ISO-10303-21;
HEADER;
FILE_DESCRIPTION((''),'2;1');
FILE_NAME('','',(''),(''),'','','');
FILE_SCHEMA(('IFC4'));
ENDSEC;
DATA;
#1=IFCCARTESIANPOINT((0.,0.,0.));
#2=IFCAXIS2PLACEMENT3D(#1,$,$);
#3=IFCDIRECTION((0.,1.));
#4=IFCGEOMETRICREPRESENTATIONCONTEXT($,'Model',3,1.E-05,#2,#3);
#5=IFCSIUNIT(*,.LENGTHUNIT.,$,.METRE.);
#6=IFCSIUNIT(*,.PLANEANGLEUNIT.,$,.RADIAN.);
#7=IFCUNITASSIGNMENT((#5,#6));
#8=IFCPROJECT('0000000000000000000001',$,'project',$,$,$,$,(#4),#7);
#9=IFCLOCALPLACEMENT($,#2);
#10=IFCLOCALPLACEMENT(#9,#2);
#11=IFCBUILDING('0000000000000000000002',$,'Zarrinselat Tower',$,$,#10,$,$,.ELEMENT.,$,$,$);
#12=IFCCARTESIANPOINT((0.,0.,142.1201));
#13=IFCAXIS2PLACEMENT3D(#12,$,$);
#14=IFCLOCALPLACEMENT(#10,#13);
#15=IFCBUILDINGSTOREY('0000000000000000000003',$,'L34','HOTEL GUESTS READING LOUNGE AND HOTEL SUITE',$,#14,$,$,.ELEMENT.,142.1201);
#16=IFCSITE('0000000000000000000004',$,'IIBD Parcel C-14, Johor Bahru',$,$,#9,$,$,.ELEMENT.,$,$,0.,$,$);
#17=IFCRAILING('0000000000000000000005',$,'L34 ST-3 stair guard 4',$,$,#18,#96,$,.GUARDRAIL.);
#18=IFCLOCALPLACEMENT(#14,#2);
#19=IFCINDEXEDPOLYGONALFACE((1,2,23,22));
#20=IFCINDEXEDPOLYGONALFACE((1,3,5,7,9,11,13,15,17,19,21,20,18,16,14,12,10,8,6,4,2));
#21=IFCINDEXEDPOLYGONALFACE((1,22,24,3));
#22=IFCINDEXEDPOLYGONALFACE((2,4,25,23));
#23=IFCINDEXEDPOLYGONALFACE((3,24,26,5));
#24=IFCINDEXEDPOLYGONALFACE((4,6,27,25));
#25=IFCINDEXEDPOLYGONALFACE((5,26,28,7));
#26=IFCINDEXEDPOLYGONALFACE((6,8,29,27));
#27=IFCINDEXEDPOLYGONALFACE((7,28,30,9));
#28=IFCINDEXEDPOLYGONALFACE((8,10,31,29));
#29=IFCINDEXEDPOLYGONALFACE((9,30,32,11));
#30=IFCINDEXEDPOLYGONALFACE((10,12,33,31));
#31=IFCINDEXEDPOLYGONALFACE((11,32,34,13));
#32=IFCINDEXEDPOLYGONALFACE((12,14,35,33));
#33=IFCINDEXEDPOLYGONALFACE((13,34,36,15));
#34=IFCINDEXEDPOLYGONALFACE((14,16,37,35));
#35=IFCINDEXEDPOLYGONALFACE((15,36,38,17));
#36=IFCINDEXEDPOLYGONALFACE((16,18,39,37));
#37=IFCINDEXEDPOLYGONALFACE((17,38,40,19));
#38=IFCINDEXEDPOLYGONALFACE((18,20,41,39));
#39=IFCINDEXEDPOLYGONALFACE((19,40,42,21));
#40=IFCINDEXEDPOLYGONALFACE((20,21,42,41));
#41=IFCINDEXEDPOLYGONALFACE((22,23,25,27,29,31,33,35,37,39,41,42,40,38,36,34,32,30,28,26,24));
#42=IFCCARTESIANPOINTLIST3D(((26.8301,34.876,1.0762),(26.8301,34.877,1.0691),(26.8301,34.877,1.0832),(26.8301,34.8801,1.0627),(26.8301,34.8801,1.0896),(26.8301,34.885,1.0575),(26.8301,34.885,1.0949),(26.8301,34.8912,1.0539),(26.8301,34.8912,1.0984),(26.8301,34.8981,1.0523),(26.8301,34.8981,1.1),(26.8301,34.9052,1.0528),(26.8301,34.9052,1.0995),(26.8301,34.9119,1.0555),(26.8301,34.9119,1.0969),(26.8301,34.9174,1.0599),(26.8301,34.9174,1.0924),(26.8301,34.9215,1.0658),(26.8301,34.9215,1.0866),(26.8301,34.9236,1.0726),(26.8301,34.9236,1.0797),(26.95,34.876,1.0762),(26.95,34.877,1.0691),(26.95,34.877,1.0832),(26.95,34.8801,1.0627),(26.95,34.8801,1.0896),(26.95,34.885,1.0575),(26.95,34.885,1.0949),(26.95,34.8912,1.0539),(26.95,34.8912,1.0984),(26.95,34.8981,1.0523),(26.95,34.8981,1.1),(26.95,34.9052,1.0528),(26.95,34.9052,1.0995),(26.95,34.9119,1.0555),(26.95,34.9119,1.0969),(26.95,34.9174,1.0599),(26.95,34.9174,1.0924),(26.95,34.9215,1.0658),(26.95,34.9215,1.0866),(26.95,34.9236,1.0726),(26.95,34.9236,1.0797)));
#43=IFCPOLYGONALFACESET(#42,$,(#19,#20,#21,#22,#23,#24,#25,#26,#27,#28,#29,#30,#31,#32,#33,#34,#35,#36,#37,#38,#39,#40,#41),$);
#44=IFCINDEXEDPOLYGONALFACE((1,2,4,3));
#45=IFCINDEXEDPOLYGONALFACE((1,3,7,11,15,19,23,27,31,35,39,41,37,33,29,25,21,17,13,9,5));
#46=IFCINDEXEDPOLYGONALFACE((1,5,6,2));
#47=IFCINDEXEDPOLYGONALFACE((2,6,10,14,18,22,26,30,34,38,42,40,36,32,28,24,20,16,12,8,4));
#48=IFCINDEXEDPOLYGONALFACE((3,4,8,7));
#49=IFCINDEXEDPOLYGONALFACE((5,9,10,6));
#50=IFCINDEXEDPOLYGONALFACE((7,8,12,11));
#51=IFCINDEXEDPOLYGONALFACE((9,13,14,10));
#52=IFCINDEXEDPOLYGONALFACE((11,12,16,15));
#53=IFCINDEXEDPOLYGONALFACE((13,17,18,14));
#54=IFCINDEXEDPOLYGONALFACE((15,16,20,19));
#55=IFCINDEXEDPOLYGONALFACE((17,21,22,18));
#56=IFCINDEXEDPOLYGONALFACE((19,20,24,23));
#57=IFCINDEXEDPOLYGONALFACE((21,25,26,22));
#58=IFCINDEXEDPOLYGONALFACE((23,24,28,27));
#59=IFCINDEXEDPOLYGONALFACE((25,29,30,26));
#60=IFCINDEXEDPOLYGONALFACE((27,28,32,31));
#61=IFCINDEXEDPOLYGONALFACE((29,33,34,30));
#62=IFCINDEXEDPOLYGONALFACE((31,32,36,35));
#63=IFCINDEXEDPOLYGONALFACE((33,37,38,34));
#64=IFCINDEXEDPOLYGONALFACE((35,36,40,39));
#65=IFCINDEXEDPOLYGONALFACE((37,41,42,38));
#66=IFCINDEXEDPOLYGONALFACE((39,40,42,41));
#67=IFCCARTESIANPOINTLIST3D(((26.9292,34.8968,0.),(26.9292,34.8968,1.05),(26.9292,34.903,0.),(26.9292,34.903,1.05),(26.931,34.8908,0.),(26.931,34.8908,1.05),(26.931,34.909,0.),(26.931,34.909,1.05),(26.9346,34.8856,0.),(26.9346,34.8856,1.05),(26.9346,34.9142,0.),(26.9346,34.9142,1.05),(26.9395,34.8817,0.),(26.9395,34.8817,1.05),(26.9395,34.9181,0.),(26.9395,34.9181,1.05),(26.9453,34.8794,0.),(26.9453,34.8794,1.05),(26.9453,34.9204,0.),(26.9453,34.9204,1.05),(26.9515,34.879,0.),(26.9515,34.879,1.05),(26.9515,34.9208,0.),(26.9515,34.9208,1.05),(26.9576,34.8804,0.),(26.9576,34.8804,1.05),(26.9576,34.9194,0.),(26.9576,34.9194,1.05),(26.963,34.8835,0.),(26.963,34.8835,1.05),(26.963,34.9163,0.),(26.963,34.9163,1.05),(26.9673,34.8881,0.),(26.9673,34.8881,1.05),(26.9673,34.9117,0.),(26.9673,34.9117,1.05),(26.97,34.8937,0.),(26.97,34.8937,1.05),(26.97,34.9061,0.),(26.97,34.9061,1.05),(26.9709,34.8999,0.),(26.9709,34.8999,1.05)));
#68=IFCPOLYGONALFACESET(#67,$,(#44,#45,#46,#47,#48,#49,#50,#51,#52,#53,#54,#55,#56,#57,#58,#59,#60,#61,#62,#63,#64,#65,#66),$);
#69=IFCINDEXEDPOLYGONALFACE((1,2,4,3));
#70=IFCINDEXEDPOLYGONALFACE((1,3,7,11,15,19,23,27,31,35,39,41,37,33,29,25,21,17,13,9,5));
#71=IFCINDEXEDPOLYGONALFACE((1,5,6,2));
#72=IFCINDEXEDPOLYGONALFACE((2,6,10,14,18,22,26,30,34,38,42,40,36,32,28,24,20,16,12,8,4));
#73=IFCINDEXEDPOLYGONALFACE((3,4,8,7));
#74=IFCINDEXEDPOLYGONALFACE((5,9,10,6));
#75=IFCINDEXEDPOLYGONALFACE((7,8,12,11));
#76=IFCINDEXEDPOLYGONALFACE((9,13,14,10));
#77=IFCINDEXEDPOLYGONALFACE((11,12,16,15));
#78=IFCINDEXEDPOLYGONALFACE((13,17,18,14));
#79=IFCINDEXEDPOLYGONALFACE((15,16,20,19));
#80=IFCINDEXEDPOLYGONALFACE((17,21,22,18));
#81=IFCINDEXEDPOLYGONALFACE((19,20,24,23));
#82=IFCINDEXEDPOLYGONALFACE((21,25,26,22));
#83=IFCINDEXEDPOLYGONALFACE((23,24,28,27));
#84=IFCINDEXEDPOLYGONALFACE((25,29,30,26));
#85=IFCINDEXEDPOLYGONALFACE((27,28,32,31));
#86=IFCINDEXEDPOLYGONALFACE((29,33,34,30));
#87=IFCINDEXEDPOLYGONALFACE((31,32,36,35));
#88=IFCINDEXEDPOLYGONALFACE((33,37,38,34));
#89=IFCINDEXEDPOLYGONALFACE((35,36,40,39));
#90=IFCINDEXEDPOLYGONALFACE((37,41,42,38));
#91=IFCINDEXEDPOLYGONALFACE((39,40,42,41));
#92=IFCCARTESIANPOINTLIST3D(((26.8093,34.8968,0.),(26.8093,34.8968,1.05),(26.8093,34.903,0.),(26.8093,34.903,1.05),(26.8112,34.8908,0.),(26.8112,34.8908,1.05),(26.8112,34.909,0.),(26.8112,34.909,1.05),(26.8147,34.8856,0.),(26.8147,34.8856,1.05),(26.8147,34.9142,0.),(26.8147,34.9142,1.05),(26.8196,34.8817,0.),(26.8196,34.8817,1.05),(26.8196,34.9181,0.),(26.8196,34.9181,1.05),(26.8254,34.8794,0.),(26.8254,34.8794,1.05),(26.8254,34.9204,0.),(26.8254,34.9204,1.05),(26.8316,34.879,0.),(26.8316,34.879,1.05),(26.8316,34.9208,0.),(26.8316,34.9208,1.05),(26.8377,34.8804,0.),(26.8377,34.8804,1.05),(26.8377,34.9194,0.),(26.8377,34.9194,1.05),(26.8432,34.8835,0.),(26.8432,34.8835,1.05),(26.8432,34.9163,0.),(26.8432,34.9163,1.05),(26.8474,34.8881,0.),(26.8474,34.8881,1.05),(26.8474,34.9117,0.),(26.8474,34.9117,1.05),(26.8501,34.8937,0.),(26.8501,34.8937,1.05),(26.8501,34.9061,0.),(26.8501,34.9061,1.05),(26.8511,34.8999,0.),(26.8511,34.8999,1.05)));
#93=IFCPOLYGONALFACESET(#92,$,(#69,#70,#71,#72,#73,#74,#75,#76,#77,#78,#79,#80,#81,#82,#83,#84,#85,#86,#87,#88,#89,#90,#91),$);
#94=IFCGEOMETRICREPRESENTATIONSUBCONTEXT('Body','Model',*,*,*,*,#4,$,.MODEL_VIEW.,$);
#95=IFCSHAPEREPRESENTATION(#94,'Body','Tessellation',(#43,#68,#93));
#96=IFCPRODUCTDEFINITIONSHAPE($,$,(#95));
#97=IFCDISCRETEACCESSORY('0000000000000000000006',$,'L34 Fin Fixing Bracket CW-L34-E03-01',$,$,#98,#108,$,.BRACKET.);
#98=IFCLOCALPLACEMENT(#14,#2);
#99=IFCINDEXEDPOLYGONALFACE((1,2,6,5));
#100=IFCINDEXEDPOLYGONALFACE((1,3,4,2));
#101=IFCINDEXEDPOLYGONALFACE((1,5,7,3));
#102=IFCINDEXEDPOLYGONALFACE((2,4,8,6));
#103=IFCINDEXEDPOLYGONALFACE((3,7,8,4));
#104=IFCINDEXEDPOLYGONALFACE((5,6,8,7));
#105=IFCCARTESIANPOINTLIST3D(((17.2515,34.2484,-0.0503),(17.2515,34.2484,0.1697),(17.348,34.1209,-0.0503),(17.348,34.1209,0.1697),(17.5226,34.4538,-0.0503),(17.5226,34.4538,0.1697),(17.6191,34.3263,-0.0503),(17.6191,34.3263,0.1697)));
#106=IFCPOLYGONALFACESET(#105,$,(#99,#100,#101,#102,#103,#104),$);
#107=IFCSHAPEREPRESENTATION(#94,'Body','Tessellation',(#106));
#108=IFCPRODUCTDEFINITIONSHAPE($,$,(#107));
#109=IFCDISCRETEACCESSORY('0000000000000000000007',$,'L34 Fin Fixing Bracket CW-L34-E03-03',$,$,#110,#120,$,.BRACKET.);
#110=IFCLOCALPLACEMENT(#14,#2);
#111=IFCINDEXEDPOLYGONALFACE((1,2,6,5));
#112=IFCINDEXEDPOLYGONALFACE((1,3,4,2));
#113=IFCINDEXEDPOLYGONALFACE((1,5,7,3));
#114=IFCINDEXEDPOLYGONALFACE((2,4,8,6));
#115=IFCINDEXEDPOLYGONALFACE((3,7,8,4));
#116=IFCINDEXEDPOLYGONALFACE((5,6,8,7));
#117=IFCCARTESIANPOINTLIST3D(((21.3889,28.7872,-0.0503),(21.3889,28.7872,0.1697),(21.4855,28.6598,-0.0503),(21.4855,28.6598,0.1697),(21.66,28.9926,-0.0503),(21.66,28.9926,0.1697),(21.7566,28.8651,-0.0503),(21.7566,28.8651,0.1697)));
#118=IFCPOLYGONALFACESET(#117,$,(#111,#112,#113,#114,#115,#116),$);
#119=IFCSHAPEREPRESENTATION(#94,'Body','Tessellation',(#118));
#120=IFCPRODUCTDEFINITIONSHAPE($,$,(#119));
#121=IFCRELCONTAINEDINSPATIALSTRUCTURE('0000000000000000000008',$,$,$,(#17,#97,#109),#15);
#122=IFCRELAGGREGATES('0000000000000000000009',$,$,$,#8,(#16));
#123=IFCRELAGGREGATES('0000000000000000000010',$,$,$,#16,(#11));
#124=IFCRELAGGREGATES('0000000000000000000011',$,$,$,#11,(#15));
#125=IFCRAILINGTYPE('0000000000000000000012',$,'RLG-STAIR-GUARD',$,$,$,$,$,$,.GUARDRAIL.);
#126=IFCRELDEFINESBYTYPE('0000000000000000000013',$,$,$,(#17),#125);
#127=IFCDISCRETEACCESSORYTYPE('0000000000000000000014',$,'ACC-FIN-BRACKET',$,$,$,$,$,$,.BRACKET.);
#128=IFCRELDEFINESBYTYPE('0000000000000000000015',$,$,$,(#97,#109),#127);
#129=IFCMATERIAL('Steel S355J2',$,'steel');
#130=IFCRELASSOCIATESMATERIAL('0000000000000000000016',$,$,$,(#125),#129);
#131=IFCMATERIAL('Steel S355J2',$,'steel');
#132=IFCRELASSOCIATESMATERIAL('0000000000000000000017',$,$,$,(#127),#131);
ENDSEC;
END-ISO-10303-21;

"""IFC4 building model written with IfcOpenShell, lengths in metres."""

from ifc_helpers import new_model, si_unit, direction, frame, origin, origin_2d, place, context, subcontext, project, spatial, rectangle, circle, extrude, material, type_object, element, save


model = new_model("IFC4")

# Units and contexts
model_context = context("Model", 3, precision=1e-05, world=origin(), true_north=direction((0.0, 1.0)))
body_context = subcontext(model_context, "Body", "Model", "MODEL_VIEW")
ifc_project = project(units=[si_unit("LENGTHUNIT", "METRE"), si_unit("PLANEANGLEUNIT", "RADIAN")], contexts=[model_context])

# Site, building, storey
site_placement = place(None, origin())
site = spatial("IfcSite", under=ifc_project, at=site_placement, Name="IIBD Parcel C-14, Johor Bahru", CompositionType="ELEMENT", RefElevation=0.0)
building_placement = place(site_placement, origin())
building = spatial("IfcBuilding", under=site, at=building_placement, Name="Zarrinselat Tower", CompositionType="ELEMENT")
storey_placement = place(building_placement, frame((0.0, 0.0, 142.1201)))
storey = spatial("IfcBuildingStorey", under=building, at=storey_placement, Name="L34", Description="HOTEL GUESTS READING LOUNGE AND HOTEL SUITE", CompositionType="ELEMENT", Elevation=142.1201)

# Railing
ifc_material_1 = material(Name="Steel S355J2", Category="steel")
railing_type = type_object("IfcRailingType", Name="RLG-STAIR-GUARD", PredefinedType="GUARDRAIL", material=ifc_material_1)
railing_1_placement = place(storey_placement, frame((26.95, 34.8999, 0.0)))
element("IfcRailing", 1, at=railing_1_placement, inside=storey, type_object=railing_type, Name="L34 ST-3 stair guard 4", PredefinedType="GUARDRAIL", context=body_context, shape_type="SweptSolid", body=[
    extrude(circle(Radius=0.0239, at=origin_2d()), frame((0.0, 0.0, 1.0762), z_axis=(-1.0, 0.0, 0.0), x_axis=(0.0, -1.0, 0.0)), (0.0, 0.0, 1.0), 0.1199),
    extrude(circle(Radius=0.021, at=origin_2d()), origin(), (0.0, 0.0, 1.0), 1.05),
    extrude(circle(Radius=0.021, at=origin_2d()), frame((-0.1199, 0.0, 0.0)), (0.0, 0.0, 1.0), 1.05),
])

# Discrete accessories
ifc_material_2 = material(Name="Steel S355J2", Category="steel")
discrete_accessory_type = type_object("IfcDiscreteAccessoryType", Name="ACC-FIN-BRACKET", PredefinedType="BRACKET", material=ifc_material_2)
for number, where, z_axis, x_axis, name in (
    (2, (17.4353, 34.2874, -0.0503), (0.0, 0.0, 1.0), (-0.797094, -0.603856, 0.0), "L34 Fin Fixing Bracket CW-L34-E03-01"),
    (3, (21.5728, 28.8262, -0.0503), (0.0, 0.0, 1.0), (-0.797094, -0.603856, 0.0), "L34 Fin Fixing Bracket CW-L34-E03-03"),
):
    element("IfcDiscreteAccessory", number, at=place(storey_placement, frame(where, z_axis=z_axis, x_axis=x_axis)), inside=storey, type_object=discrete_accessory_type, Name=name, PredefinedType="BRACKET", context=body_context, shape_type="SweptSolid", body=[
        extrude(rectangle(XDim=0.3401, YDim=0.1599, at=origin_2d()), origin(), (0.0, 0.0, 1.0), 0.22),
    ])

save(model, "model.ifc")
